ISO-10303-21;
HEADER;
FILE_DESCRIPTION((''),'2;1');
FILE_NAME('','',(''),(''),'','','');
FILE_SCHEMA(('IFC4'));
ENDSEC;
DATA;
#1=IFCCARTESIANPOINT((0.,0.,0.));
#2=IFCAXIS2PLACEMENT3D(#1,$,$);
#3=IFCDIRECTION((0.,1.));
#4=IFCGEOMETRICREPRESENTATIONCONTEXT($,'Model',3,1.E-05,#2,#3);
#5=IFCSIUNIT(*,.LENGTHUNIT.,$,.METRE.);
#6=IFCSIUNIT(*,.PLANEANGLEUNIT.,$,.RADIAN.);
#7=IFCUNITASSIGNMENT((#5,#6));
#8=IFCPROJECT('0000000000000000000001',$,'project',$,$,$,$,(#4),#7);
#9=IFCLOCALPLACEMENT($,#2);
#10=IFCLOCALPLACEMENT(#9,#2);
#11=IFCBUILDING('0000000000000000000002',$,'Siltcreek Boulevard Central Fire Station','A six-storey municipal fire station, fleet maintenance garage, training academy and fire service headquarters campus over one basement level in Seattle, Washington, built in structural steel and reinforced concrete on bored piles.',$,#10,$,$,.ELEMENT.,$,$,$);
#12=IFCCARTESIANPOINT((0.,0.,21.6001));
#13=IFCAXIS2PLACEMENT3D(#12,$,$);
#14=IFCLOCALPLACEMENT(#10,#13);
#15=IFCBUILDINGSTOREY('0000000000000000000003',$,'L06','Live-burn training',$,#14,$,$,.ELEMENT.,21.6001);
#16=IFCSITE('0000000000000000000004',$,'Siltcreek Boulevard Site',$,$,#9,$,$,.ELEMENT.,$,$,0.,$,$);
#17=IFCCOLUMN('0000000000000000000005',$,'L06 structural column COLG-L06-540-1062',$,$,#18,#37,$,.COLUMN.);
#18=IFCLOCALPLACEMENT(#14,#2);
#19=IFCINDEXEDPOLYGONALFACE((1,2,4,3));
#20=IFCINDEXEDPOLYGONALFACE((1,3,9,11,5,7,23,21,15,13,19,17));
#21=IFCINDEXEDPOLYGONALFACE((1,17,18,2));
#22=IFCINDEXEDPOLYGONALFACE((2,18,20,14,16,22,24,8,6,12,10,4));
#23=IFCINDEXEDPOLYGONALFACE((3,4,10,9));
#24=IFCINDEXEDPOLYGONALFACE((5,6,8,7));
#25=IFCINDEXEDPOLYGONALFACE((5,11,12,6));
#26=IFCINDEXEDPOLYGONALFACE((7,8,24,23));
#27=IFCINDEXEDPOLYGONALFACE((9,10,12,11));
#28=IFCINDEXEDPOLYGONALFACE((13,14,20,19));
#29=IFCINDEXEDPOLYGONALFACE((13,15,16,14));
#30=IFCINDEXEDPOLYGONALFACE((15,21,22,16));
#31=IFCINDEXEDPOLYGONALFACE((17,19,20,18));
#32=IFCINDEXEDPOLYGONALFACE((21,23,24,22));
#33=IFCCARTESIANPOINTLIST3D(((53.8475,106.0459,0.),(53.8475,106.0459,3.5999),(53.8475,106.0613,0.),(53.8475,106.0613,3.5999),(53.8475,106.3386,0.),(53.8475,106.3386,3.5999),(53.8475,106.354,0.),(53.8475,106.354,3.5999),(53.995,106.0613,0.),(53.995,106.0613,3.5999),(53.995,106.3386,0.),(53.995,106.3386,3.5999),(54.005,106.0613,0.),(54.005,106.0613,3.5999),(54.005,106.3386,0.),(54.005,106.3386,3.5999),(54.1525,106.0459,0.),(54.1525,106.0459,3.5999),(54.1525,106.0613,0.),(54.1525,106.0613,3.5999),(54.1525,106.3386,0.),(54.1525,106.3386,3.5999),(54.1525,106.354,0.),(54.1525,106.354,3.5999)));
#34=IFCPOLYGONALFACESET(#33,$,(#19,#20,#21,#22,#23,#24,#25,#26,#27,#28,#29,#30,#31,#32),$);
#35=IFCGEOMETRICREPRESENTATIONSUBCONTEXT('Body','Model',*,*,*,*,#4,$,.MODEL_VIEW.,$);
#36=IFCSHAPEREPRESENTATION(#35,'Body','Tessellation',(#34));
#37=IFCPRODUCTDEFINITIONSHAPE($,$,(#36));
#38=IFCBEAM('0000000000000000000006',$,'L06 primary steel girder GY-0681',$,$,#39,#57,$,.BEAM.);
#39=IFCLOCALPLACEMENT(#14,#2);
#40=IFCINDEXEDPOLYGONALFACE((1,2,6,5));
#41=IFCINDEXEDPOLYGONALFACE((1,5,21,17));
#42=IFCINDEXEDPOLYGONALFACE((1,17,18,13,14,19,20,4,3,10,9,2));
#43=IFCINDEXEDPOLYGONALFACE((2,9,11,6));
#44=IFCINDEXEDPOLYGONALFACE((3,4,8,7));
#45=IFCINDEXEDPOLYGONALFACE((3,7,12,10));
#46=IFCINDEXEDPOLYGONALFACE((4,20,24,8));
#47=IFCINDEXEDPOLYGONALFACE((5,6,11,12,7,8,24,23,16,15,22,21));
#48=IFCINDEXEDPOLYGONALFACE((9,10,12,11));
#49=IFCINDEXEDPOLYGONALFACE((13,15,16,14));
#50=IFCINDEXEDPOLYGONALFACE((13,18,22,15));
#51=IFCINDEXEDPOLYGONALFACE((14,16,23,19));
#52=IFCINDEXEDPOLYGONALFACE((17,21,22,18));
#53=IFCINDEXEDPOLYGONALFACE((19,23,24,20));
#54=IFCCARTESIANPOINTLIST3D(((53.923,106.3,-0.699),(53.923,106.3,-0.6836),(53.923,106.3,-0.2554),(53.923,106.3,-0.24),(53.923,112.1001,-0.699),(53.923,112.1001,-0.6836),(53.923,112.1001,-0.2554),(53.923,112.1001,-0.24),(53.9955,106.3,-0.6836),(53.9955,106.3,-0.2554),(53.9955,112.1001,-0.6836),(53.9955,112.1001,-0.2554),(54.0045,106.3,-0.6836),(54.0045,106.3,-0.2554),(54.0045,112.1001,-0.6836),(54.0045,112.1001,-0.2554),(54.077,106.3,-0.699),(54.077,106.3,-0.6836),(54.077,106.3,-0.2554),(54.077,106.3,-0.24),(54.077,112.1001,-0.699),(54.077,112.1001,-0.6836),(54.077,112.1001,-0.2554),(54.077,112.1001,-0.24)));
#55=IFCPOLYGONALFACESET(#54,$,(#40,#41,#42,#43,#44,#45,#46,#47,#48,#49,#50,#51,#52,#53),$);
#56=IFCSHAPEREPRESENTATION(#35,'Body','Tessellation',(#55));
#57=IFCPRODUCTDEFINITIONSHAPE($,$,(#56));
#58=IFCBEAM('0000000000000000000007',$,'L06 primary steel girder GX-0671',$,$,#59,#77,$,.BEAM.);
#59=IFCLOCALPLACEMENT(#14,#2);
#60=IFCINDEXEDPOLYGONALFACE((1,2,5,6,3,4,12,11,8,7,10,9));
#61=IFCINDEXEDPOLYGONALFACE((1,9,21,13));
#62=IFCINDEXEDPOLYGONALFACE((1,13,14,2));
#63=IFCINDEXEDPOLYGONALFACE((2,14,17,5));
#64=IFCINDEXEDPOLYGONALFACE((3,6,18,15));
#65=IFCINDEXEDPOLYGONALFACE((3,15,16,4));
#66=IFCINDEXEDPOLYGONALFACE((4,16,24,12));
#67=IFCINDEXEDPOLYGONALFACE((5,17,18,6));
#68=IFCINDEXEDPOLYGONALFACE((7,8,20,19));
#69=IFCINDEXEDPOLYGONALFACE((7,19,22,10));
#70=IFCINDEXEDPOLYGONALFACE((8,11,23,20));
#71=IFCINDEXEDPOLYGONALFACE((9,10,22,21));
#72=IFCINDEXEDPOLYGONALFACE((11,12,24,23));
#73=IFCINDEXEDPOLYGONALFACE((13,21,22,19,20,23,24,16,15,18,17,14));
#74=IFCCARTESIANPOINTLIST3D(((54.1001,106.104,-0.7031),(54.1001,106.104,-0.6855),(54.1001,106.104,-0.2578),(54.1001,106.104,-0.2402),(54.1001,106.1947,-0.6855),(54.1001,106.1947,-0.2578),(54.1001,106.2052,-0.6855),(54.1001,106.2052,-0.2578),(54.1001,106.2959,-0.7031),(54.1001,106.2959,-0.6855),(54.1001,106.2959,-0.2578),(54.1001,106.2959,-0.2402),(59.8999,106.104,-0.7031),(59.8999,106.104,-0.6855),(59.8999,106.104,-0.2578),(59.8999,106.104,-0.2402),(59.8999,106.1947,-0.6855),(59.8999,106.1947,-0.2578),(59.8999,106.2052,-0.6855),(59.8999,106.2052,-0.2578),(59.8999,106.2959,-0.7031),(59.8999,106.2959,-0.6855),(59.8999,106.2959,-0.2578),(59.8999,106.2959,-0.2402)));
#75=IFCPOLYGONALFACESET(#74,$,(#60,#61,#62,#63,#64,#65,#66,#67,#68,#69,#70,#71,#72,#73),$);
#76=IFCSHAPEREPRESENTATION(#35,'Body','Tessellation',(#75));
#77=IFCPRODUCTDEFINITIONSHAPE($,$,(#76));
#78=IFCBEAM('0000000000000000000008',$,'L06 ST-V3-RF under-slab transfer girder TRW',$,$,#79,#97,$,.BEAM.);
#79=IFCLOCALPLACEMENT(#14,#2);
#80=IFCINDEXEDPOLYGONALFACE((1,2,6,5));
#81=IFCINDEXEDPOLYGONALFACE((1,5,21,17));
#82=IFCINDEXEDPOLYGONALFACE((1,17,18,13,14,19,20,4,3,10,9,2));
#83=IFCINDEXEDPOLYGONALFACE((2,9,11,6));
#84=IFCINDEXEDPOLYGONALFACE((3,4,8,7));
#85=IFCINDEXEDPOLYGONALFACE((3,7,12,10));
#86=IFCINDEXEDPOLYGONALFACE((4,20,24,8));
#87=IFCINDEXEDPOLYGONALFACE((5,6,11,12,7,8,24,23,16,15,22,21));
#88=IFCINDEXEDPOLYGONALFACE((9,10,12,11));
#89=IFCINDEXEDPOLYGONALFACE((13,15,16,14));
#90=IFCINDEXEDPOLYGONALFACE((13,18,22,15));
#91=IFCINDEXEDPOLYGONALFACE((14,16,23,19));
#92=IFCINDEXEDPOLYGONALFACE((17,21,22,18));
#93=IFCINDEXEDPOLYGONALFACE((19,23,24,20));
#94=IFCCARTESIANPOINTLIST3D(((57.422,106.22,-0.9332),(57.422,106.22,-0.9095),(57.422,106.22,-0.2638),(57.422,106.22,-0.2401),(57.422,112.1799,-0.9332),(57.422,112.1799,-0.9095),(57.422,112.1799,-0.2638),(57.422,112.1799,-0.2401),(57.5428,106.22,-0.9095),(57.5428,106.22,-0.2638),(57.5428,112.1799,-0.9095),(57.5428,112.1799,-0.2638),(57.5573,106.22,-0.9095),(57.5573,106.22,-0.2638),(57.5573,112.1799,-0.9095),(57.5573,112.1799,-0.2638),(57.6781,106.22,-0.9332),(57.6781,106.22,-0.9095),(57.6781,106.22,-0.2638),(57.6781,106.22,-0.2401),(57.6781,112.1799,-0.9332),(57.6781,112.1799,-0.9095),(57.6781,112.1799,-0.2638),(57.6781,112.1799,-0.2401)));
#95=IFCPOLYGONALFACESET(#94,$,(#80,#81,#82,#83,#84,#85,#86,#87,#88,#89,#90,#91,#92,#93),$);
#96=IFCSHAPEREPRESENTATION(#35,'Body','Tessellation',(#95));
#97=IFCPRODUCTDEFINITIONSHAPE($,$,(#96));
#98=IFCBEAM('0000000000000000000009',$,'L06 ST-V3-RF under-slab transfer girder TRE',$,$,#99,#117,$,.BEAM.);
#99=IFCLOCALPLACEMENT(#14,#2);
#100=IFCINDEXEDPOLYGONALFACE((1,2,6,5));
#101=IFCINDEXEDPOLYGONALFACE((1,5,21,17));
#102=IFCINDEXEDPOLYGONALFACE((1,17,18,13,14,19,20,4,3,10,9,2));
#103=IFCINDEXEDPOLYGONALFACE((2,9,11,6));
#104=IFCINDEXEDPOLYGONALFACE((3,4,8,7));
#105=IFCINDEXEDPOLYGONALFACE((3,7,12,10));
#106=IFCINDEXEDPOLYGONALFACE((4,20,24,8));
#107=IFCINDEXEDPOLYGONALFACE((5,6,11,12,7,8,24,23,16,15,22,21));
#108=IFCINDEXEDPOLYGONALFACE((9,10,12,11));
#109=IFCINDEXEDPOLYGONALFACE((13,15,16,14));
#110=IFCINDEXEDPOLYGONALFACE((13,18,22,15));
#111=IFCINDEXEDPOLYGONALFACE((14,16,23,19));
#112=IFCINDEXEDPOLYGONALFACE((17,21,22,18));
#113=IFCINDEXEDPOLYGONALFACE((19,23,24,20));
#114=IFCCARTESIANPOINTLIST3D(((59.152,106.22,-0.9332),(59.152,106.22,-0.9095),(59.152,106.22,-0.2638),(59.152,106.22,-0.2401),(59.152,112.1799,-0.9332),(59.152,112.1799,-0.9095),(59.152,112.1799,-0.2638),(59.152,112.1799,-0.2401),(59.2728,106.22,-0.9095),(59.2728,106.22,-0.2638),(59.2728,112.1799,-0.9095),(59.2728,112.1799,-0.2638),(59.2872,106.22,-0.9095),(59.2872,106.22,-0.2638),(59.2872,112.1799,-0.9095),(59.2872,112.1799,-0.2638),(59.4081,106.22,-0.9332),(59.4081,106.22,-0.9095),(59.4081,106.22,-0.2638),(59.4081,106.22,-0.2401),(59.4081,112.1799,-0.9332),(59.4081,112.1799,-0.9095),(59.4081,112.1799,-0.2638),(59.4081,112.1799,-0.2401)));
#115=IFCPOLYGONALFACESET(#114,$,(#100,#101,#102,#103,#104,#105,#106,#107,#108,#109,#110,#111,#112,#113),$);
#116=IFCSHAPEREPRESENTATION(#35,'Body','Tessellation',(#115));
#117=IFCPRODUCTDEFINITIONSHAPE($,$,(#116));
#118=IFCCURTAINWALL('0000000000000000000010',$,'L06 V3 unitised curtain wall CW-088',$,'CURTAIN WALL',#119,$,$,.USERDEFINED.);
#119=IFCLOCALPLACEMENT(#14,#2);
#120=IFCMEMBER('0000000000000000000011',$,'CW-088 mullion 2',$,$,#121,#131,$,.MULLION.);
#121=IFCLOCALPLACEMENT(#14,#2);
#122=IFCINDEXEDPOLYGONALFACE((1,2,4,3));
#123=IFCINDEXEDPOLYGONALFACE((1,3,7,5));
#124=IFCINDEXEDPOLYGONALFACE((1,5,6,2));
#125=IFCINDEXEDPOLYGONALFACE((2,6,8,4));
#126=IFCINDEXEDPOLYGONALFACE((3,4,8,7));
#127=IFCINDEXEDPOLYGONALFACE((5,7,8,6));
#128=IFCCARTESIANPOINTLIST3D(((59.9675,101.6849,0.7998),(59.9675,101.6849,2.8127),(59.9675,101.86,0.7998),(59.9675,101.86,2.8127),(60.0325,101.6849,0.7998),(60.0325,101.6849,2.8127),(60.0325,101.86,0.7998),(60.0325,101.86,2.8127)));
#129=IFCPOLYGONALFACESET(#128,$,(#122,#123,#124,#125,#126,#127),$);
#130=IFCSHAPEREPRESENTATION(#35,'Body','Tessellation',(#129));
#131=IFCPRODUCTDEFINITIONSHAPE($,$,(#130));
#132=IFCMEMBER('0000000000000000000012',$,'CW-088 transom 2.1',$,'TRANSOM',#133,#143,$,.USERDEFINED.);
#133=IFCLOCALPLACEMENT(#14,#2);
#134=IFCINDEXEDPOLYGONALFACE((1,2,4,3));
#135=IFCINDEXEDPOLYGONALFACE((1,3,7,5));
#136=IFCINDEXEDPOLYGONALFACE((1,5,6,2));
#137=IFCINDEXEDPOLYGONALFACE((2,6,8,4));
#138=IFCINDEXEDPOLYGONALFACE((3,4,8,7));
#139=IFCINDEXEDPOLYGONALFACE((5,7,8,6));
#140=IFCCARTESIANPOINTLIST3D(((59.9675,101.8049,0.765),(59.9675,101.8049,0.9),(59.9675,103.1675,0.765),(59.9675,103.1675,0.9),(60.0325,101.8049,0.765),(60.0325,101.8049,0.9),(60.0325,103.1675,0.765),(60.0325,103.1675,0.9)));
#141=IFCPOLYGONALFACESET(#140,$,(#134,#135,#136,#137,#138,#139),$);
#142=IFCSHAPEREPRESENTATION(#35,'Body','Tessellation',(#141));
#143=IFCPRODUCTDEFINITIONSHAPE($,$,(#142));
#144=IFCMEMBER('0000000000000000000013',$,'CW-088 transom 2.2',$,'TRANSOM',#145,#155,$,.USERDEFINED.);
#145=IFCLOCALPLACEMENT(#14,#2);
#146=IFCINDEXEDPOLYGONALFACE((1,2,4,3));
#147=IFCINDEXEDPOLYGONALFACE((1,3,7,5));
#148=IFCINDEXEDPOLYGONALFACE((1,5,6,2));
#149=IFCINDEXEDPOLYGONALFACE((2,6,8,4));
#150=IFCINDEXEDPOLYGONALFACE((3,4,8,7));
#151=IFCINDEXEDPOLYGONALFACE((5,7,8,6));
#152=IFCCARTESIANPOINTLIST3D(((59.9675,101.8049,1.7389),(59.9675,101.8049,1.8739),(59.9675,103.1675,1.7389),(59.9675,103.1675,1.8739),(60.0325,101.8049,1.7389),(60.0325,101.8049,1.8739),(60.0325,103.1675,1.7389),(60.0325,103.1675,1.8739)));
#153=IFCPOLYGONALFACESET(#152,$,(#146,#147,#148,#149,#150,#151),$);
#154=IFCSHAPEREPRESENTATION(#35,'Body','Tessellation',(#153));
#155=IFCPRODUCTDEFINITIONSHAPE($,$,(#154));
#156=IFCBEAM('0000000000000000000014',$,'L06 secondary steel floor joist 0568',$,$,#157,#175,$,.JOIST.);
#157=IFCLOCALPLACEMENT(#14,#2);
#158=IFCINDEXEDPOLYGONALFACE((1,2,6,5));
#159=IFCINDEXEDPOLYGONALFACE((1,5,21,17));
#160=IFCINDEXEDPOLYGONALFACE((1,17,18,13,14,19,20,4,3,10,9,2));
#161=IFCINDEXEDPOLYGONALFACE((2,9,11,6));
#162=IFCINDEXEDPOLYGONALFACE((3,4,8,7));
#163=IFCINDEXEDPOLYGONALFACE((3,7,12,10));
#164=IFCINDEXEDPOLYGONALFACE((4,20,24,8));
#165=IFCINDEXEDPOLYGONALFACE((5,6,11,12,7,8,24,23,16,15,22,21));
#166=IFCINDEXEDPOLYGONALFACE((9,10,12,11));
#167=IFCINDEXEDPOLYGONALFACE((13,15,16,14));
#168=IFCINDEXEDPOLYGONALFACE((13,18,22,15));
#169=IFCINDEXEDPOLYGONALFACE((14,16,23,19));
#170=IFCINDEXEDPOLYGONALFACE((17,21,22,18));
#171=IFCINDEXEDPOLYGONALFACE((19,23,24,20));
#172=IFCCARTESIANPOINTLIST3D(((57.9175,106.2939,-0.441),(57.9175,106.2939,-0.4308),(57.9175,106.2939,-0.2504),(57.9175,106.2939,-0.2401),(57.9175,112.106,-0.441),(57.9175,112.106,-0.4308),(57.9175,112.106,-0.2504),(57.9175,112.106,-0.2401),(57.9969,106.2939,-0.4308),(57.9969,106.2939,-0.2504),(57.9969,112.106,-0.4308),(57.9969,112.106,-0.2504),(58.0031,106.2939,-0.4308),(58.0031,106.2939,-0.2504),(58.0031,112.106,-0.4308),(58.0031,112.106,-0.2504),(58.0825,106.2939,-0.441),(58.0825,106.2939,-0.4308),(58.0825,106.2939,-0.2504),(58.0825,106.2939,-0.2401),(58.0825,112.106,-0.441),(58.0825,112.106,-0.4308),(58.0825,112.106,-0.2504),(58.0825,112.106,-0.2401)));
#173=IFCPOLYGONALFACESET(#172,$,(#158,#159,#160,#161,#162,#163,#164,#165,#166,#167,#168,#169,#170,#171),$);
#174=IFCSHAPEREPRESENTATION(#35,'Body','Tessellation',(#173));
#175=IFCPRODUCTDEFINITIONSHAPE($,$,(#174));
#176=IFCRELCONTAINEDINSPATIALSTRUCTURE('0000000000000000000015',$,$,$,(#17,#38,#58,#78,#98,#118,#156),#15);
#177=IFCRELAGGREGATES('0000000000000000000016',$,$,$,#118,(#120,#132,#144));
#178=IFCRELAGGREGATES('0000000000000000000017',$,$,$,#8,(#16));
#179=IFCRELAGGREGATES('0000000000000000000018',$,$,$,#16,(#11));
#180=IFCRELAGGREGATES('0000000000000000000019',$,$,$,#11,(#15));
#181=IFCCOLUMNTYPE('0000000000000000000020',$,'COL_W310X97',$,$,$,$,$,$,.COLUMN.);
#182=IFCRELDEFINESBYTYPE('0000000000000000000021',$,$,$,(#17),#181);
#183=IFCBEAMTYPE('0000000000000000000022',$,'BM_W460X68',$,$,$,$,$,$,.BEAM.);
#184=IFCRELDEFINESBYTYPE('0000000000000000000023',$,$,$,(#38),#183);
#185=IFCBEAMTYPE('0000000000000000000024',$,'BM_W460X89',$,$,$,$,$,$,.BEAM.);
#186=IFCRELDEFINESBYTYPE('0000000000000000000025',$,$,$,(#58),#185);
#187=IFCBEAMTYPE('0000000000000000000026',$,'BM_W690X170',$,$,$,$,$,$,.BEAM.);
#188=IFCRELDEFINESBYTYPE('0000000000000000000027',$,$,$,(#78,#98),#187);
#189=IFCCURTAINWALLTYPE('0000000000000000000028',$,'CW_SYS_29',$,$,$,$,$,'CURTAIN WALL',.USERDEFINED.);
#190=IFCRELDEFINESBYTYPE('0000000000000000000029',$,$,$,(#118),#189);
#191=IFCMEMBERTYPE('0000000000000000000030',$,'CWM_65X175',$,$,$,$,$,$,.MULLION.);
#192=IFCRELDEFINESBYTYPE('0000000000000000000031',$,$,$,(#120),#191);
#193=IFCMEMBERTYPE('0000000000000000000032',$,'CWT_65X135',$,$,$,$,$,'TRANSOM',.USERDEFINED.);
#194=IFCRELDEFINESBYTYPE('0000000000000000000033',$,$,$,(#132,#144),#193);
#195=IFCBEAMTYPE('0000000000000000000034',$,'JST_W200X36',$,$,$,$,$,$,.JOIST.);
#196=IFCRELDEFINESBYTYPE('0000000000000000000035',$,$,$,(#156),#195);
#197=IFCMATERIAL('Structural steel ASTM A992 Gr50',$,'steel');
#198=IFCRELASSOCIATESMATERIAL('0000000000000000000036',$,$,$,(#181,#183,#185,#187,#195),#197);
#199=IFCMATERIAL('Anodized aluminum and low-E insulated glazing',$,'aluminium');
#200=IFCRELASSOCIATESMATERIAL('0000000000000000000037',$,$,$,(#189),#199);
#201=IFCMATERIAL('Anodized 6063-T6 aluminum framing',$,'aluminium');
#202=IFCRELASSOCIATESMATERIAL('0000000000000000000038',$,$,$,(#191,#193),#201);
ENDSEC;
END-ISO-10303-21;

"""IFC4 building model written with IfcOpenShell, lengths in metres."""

from ifc_helpers import new_model, si_unit, direction, frame, origin, origin_2d, place, context, subcontext, project, spatial, rectangle, i_section, extrude, material, material_profile, profile_set, type_object, element, aggregate, save


model = new_model("IFC4")

# Units and contexts
model_context = context("Model", 3, precision=1e-05, world=origin(), true_north=direction((0.0, 1.0)))
body_context = subcontext(model_context, "Body", "Model", "MODEL_VIEW")
ifc_project = project(units=[si_unit("LENGTHUNIT", "METRE"), si_unit("PLANEANGLEUNIT", "RADIAN")], contexts=[model_context])

# Site, building, storey
site_placement = place(None, origin())
site = spatial("IfcSite", under=ifc_project, at=site_placement, Name="Siltcreek Boulevard Site", CompositionType="ELEMENT", RefElevation=0.0)
building_placement = place(site_placement, origin())
building = spatial("IfcBuilding", under=site, at=building_placement, Name="Siltcreek Boulevard Central Fire Station", Description="A six-storey municipal fire station, fleet maintenance garage, training academy and fire service headquarters campus over one basement level in Seattle, Washington, built in structural steel and reinforced concrete on bored piles.", CompositionType="ELEMENT")
storey_placement = place(building_placement, frame((0.0, 0.0, 21.6001)))
storey = spatial("IfcBuildingStorey", under=building, at=storey_placement, Name="L06", Description="Live-burn training", CompositionType="ELEMENT", Elevation=21.6001)

# Column
ifc_material_1 = material(Name="Structural steel ASTM A992 Gr50", Category="steel")
ifc_material_profile_1 = material_profile(ifc_material_1, i_section(OverallWidth=0.3049, OverallDepth=0.3081, WebThickness=0.01, FlangeThickness=0.0154, at=origin_2d()), Name="W310X97")
ifc_profile_set_1 = profile_set([ifc_material_profile_1], Name="Structural steel ASTM A992 Gr50")
column_type = type_object("IfcColumnType", Name="COL_W310X97", PredefinedType="COLUMN", material=ifc_profile_set_1)
column_placement = place(storey_placement, frame((54.0, 106.2, 0.0), z_axis=(0.0, 0.0, 1.0), x_axis=(1.0, 0.0, 0.0)))
element("IfcColumn", 1, at=column_placement, inside=storey, type_object=column_type, Name="L06 structural column COLG-L06-540-1062", PredefinedType="COLUMN", context=body_context, shape_type="SweptSolid", body=[
    extrude(i_section(OverallWidth=0.3049, OverallDepth=0.3081, WebThickness=0.01, FlangeThickness=0.0154, at=origin_2d()), origin(), (0.0, 0.0, 1.0), 3.5999),
])

# Beams
ifc_material_profile_2 = material_profile(ifc_material_1, i_section(OverallWidth=0.1541, OverallDepth=0.459, WebThickness=0.009, FlangeThickness=0.0154, at=origin_2d()), Name="W460X68")
ifc_profile_set_2 = profile_set([ifc_material_profile_2], Name="Structural steel ASTM A992 Gr50")
beam_type_1 = type_object("IfcBeamType", Name="BM_W460X68", PredefinedType="BEAM", material=ifc_profile_set_2)
beam_1_placement = place(storey_placement, frame((54.0, 106.3, -0.4695), z_axis=(0.0, 1.0, 0.0), x_axis=(-1.0, 0.0, 0.0)))
element("IfcBeam", 2, at=beam_1_placement, inside=storey, type_object=beam_type_1, Name="L06 primary steel girder GY-0681", PredefinedType="BEAM", context=body_context, shape_type="SweptSolid", body=[
    extrude(i_section(OverallWidth=0.1541, OverallDepth=0.459, WebThickness=0.009, FlangeThickness=0.0154, at=origin_2d()), origin(), (0.0, 0.0, 1.0), 5.8),
])
ifc_material_profile_3 = material_profile(ifc_material_1, i_section(OverallWidth=0.1919, OverallDepth=0.4629, WebThickness=0.0105, FlangeThickness=0.0176, at=origin_2d()), Name="W460X89")
ifc_profile_set_3 = profile_set([ifc_material_profile_3], Name="Structural steel ASTM A992 Gr50")
beam_type_2 = type_object("IfcBeamType", Name="BM_W460X89", PredefinedType="BEAM", material=ifc_profile_set_3)
beam_2_placement = place(storey_placement, frame((54.1001, 106.2, -0.4717), z_axis=(1.0, 0.0, 0.0), x_axis=(0.0, 1.0, 0.0)))
element("IfcBeam", 3, at=beam_2_placement, inside=storey, type_object=beam_type_2, Name="L06 primary steel girder GX-0671", PredefinedType="BEAM", context=body_context, shape_type="SweptSolid", body=[
    extrude(i_section(OverallWidth=0.1919, OverallDepth=0.4629, WebThickness=0.0105, FlangeThickness=0.0176, at=origin_2d()), origin(), (0.0, 0.0, 1.0), 5.7998),
])
ifc_material_profile_4 = material_profile(ifc_material_1, i_section(OverallWidth=0.2561, OverallDepth=0.6931, WebThickness=0.0144, FlangeThickness=0.0237, at=origin_2d()), Name="W690X170")
ifc_profile_set_4 = profile_set([ifc_material_profile_4], Name="Structural steel ASTM A992 Gr50")
beam_type_3 = type_object("IfcBeamType", Name="BM_W690X170", PredefinedType="BEAM", material=ifc_profile_set_4)
for number, where, z_axis, x_axis, name in (
    (4, (57.55, 106.22, -0.5867), (0.0, 1.0, 0.0), (-1.0, 0.0, 0.0), "L06 ST-V3-RF under-slab transfer girder TRW"),
    (5, (59.28, 106.22, -0.5867), (0.0, 1.0, 0.0), (-1.0, 0.0, 0.0), "L06 ST-V3-RF under-slab transfer girder TRE"),
):
    element("IfcBeam", number, at=place(storey_placement, frame(where, z_axis=z_axis, x_axis=x_axis)), inside=storey, type_object=beam_type_3, Name=name, PredefinedType="BEAM", context=body_context, shape_type="SweptSolid", body=[
        extrude(i_section(OverallWidth=0.2561, OverallDepth=0.6931, WebThickness=0.0144, FlangeThickness=0.0237, at=origin_2d()), origin(), (0.0, 0.0, 1.0), 5.96),
    ])

# Curtain wall, members
ifc_material_2 = material(Name="Anodized aluminum and low-E insulated glazing", Category="aluminium")
curtain_wall_type = type_object("IfcCurtainWallType", Name="CW_SYS_29", ElementType="CURTAIN WALL", PredefinedType="USERDEFINED", material=ifc_material_2)
curtain_wall_placement = place(storey_placement, origin())
curtain_wall = element("IfcCurtainWall", 6, at=curtain_wall_placement, inside=storey, type_object=curtain_wall_type, Name="L06 V3 unitised curtain wall CW-088", ObjectType="CURTAIN WALL", PredefinedType="USERDEFINED")
ifc_material_3 = material(Name="Anodized 6063-T6 aluminum framing", Category="aluminium")
ifc_material_profile_5 = material_profile(ifc_material_3, rectangle(XDim=0.0649, YDim=0.175, at=origin_2d()), Name="MULL65X175")
ifc_profile_set_5 = profile_set([ifc_material_profile_5], Name="Anodized 6063-T6 aluminum framing")
member_type_1 = type_object("IfcMemberType", Name="CWM_65X175", PredefinedType="MULLION", material=ifc_profile_set_5)
member_1_placement = place(storey_placement, frame((60.0, 101.7725, 0.7998), z_axis=(0.0, 0.0, 1.0), x_axis=(-1.0, 0.0, 0.0)))
member_1 = element("IfcMember", 7, at=member_1_placement, type_object=member_type_1, Name="CW-088 mullion 2", PredefinedType="MULLION", context=body_context, shape_type="SweptSolid", body=[
    extrude(rectangle(XDim=0.0649, YDim=0.175, at=origin_2d()), origin(), (0.0, 0.0, 1.0), 2.0129),
])
ifc_material_profile_6 = material_profile(ifc_material_3, rectangle(XDim=0.0649, YDim=0.135, at=origin_2d()), Name="TRAN65X135")
ifc_profile_set_6 = profile_set([ifc_material_profile_6], Name="Anodized 6063-T6 aluminum framing")
member_type_2 = type_object("IfcMemberType", Name="CWT_65X135", ElementType="TRANSOM", PredefinedType="USERDEFINED", material=ifc_profile_set_6)
member_2_placement = place(storey_placement, frame((60.0, 101.8049, 0.8325), z_axis=(0.0, 1.0, 0.0), x_axis=(-1.0, 0.0, 0.0)))
member_2 = element("IfcMember", 8, at=member_2_placement, type_object=member_type_2, Name="CW-088 transom 2.1", ObjectType="TRANSOM", PredefinedType="USERDEFINED", context=body_context, shape_type="SweptSolid", body=[
    extrude(rectangle(XDim=0.0649, YDim=0.135, at=origin_2d()), origin(), (0.0, 0.0, 1.0), 1.3625),
])
member_3_placement = place(storey_placement, frame((60.0, 101.8049, 1.8064), z_axis=(0.0, 1.0, 0.0), x_axis=(-1.0, 0.0, 0.0)))
member_3 = element("IfcMember", 9, at=member_3_placement, type_object=member_type_2, Name="CW-088 transom 2.2", ObjectType="TRANSOM", PredefinedType="USERDEFINED", context=body_context, shape_type="SweptSolid", body=[
    extrude(rectangle(XDim=0.0649, YDim=0.135, at=origin_2d()), origin(), (0.0, 0.0, 1.0), 1.3625),
])
aggregate(curtain_wall, [member_1, member_2, member_3])

# Beam
ifc_material_profile_7 = material_profile(ifc_material_1, i_section(OverallWidth=0.165, OverallDepth=0.2009, WebThickness=0.0061, FlangeThickness=0.0103, at=origin_2d()), Name="W200X36")
ifc_profile_set_7 = profile_set([ifc_material_profile_7], Name="Structural steel ASTM A992 Gr50")
beam_type_4 = type_object("IfcBeamType", Name="JST_W200X36", PredefinedType="JOIST", material=ifc_profile_set_7)
beam_3_placement = place(storey_placement, frame((58.0, 106.2939, -0.3406), z_axis=(0.0, 1.0, 0.0), x_axis=(-1.0, 0.0, 0.0)))
element("IfcBeam", 10, at=beam_3_placement, inside=storey, type_object=beam_type_4, Name="L06 secondary steel floor joist 0568", PredefinedType="JOIST", context=body_context, shape_type="SweptSolid", body=[
    extrude(i_section(OverallWidth=0.165, OverallDepth=0.2009, WebThickness=0.0061, FlangeThickness=0.0103, at=origin_2d()), origin(), (0.0, 0.0, 1.0), 5.812),
])

save(model, "model.ifc")
